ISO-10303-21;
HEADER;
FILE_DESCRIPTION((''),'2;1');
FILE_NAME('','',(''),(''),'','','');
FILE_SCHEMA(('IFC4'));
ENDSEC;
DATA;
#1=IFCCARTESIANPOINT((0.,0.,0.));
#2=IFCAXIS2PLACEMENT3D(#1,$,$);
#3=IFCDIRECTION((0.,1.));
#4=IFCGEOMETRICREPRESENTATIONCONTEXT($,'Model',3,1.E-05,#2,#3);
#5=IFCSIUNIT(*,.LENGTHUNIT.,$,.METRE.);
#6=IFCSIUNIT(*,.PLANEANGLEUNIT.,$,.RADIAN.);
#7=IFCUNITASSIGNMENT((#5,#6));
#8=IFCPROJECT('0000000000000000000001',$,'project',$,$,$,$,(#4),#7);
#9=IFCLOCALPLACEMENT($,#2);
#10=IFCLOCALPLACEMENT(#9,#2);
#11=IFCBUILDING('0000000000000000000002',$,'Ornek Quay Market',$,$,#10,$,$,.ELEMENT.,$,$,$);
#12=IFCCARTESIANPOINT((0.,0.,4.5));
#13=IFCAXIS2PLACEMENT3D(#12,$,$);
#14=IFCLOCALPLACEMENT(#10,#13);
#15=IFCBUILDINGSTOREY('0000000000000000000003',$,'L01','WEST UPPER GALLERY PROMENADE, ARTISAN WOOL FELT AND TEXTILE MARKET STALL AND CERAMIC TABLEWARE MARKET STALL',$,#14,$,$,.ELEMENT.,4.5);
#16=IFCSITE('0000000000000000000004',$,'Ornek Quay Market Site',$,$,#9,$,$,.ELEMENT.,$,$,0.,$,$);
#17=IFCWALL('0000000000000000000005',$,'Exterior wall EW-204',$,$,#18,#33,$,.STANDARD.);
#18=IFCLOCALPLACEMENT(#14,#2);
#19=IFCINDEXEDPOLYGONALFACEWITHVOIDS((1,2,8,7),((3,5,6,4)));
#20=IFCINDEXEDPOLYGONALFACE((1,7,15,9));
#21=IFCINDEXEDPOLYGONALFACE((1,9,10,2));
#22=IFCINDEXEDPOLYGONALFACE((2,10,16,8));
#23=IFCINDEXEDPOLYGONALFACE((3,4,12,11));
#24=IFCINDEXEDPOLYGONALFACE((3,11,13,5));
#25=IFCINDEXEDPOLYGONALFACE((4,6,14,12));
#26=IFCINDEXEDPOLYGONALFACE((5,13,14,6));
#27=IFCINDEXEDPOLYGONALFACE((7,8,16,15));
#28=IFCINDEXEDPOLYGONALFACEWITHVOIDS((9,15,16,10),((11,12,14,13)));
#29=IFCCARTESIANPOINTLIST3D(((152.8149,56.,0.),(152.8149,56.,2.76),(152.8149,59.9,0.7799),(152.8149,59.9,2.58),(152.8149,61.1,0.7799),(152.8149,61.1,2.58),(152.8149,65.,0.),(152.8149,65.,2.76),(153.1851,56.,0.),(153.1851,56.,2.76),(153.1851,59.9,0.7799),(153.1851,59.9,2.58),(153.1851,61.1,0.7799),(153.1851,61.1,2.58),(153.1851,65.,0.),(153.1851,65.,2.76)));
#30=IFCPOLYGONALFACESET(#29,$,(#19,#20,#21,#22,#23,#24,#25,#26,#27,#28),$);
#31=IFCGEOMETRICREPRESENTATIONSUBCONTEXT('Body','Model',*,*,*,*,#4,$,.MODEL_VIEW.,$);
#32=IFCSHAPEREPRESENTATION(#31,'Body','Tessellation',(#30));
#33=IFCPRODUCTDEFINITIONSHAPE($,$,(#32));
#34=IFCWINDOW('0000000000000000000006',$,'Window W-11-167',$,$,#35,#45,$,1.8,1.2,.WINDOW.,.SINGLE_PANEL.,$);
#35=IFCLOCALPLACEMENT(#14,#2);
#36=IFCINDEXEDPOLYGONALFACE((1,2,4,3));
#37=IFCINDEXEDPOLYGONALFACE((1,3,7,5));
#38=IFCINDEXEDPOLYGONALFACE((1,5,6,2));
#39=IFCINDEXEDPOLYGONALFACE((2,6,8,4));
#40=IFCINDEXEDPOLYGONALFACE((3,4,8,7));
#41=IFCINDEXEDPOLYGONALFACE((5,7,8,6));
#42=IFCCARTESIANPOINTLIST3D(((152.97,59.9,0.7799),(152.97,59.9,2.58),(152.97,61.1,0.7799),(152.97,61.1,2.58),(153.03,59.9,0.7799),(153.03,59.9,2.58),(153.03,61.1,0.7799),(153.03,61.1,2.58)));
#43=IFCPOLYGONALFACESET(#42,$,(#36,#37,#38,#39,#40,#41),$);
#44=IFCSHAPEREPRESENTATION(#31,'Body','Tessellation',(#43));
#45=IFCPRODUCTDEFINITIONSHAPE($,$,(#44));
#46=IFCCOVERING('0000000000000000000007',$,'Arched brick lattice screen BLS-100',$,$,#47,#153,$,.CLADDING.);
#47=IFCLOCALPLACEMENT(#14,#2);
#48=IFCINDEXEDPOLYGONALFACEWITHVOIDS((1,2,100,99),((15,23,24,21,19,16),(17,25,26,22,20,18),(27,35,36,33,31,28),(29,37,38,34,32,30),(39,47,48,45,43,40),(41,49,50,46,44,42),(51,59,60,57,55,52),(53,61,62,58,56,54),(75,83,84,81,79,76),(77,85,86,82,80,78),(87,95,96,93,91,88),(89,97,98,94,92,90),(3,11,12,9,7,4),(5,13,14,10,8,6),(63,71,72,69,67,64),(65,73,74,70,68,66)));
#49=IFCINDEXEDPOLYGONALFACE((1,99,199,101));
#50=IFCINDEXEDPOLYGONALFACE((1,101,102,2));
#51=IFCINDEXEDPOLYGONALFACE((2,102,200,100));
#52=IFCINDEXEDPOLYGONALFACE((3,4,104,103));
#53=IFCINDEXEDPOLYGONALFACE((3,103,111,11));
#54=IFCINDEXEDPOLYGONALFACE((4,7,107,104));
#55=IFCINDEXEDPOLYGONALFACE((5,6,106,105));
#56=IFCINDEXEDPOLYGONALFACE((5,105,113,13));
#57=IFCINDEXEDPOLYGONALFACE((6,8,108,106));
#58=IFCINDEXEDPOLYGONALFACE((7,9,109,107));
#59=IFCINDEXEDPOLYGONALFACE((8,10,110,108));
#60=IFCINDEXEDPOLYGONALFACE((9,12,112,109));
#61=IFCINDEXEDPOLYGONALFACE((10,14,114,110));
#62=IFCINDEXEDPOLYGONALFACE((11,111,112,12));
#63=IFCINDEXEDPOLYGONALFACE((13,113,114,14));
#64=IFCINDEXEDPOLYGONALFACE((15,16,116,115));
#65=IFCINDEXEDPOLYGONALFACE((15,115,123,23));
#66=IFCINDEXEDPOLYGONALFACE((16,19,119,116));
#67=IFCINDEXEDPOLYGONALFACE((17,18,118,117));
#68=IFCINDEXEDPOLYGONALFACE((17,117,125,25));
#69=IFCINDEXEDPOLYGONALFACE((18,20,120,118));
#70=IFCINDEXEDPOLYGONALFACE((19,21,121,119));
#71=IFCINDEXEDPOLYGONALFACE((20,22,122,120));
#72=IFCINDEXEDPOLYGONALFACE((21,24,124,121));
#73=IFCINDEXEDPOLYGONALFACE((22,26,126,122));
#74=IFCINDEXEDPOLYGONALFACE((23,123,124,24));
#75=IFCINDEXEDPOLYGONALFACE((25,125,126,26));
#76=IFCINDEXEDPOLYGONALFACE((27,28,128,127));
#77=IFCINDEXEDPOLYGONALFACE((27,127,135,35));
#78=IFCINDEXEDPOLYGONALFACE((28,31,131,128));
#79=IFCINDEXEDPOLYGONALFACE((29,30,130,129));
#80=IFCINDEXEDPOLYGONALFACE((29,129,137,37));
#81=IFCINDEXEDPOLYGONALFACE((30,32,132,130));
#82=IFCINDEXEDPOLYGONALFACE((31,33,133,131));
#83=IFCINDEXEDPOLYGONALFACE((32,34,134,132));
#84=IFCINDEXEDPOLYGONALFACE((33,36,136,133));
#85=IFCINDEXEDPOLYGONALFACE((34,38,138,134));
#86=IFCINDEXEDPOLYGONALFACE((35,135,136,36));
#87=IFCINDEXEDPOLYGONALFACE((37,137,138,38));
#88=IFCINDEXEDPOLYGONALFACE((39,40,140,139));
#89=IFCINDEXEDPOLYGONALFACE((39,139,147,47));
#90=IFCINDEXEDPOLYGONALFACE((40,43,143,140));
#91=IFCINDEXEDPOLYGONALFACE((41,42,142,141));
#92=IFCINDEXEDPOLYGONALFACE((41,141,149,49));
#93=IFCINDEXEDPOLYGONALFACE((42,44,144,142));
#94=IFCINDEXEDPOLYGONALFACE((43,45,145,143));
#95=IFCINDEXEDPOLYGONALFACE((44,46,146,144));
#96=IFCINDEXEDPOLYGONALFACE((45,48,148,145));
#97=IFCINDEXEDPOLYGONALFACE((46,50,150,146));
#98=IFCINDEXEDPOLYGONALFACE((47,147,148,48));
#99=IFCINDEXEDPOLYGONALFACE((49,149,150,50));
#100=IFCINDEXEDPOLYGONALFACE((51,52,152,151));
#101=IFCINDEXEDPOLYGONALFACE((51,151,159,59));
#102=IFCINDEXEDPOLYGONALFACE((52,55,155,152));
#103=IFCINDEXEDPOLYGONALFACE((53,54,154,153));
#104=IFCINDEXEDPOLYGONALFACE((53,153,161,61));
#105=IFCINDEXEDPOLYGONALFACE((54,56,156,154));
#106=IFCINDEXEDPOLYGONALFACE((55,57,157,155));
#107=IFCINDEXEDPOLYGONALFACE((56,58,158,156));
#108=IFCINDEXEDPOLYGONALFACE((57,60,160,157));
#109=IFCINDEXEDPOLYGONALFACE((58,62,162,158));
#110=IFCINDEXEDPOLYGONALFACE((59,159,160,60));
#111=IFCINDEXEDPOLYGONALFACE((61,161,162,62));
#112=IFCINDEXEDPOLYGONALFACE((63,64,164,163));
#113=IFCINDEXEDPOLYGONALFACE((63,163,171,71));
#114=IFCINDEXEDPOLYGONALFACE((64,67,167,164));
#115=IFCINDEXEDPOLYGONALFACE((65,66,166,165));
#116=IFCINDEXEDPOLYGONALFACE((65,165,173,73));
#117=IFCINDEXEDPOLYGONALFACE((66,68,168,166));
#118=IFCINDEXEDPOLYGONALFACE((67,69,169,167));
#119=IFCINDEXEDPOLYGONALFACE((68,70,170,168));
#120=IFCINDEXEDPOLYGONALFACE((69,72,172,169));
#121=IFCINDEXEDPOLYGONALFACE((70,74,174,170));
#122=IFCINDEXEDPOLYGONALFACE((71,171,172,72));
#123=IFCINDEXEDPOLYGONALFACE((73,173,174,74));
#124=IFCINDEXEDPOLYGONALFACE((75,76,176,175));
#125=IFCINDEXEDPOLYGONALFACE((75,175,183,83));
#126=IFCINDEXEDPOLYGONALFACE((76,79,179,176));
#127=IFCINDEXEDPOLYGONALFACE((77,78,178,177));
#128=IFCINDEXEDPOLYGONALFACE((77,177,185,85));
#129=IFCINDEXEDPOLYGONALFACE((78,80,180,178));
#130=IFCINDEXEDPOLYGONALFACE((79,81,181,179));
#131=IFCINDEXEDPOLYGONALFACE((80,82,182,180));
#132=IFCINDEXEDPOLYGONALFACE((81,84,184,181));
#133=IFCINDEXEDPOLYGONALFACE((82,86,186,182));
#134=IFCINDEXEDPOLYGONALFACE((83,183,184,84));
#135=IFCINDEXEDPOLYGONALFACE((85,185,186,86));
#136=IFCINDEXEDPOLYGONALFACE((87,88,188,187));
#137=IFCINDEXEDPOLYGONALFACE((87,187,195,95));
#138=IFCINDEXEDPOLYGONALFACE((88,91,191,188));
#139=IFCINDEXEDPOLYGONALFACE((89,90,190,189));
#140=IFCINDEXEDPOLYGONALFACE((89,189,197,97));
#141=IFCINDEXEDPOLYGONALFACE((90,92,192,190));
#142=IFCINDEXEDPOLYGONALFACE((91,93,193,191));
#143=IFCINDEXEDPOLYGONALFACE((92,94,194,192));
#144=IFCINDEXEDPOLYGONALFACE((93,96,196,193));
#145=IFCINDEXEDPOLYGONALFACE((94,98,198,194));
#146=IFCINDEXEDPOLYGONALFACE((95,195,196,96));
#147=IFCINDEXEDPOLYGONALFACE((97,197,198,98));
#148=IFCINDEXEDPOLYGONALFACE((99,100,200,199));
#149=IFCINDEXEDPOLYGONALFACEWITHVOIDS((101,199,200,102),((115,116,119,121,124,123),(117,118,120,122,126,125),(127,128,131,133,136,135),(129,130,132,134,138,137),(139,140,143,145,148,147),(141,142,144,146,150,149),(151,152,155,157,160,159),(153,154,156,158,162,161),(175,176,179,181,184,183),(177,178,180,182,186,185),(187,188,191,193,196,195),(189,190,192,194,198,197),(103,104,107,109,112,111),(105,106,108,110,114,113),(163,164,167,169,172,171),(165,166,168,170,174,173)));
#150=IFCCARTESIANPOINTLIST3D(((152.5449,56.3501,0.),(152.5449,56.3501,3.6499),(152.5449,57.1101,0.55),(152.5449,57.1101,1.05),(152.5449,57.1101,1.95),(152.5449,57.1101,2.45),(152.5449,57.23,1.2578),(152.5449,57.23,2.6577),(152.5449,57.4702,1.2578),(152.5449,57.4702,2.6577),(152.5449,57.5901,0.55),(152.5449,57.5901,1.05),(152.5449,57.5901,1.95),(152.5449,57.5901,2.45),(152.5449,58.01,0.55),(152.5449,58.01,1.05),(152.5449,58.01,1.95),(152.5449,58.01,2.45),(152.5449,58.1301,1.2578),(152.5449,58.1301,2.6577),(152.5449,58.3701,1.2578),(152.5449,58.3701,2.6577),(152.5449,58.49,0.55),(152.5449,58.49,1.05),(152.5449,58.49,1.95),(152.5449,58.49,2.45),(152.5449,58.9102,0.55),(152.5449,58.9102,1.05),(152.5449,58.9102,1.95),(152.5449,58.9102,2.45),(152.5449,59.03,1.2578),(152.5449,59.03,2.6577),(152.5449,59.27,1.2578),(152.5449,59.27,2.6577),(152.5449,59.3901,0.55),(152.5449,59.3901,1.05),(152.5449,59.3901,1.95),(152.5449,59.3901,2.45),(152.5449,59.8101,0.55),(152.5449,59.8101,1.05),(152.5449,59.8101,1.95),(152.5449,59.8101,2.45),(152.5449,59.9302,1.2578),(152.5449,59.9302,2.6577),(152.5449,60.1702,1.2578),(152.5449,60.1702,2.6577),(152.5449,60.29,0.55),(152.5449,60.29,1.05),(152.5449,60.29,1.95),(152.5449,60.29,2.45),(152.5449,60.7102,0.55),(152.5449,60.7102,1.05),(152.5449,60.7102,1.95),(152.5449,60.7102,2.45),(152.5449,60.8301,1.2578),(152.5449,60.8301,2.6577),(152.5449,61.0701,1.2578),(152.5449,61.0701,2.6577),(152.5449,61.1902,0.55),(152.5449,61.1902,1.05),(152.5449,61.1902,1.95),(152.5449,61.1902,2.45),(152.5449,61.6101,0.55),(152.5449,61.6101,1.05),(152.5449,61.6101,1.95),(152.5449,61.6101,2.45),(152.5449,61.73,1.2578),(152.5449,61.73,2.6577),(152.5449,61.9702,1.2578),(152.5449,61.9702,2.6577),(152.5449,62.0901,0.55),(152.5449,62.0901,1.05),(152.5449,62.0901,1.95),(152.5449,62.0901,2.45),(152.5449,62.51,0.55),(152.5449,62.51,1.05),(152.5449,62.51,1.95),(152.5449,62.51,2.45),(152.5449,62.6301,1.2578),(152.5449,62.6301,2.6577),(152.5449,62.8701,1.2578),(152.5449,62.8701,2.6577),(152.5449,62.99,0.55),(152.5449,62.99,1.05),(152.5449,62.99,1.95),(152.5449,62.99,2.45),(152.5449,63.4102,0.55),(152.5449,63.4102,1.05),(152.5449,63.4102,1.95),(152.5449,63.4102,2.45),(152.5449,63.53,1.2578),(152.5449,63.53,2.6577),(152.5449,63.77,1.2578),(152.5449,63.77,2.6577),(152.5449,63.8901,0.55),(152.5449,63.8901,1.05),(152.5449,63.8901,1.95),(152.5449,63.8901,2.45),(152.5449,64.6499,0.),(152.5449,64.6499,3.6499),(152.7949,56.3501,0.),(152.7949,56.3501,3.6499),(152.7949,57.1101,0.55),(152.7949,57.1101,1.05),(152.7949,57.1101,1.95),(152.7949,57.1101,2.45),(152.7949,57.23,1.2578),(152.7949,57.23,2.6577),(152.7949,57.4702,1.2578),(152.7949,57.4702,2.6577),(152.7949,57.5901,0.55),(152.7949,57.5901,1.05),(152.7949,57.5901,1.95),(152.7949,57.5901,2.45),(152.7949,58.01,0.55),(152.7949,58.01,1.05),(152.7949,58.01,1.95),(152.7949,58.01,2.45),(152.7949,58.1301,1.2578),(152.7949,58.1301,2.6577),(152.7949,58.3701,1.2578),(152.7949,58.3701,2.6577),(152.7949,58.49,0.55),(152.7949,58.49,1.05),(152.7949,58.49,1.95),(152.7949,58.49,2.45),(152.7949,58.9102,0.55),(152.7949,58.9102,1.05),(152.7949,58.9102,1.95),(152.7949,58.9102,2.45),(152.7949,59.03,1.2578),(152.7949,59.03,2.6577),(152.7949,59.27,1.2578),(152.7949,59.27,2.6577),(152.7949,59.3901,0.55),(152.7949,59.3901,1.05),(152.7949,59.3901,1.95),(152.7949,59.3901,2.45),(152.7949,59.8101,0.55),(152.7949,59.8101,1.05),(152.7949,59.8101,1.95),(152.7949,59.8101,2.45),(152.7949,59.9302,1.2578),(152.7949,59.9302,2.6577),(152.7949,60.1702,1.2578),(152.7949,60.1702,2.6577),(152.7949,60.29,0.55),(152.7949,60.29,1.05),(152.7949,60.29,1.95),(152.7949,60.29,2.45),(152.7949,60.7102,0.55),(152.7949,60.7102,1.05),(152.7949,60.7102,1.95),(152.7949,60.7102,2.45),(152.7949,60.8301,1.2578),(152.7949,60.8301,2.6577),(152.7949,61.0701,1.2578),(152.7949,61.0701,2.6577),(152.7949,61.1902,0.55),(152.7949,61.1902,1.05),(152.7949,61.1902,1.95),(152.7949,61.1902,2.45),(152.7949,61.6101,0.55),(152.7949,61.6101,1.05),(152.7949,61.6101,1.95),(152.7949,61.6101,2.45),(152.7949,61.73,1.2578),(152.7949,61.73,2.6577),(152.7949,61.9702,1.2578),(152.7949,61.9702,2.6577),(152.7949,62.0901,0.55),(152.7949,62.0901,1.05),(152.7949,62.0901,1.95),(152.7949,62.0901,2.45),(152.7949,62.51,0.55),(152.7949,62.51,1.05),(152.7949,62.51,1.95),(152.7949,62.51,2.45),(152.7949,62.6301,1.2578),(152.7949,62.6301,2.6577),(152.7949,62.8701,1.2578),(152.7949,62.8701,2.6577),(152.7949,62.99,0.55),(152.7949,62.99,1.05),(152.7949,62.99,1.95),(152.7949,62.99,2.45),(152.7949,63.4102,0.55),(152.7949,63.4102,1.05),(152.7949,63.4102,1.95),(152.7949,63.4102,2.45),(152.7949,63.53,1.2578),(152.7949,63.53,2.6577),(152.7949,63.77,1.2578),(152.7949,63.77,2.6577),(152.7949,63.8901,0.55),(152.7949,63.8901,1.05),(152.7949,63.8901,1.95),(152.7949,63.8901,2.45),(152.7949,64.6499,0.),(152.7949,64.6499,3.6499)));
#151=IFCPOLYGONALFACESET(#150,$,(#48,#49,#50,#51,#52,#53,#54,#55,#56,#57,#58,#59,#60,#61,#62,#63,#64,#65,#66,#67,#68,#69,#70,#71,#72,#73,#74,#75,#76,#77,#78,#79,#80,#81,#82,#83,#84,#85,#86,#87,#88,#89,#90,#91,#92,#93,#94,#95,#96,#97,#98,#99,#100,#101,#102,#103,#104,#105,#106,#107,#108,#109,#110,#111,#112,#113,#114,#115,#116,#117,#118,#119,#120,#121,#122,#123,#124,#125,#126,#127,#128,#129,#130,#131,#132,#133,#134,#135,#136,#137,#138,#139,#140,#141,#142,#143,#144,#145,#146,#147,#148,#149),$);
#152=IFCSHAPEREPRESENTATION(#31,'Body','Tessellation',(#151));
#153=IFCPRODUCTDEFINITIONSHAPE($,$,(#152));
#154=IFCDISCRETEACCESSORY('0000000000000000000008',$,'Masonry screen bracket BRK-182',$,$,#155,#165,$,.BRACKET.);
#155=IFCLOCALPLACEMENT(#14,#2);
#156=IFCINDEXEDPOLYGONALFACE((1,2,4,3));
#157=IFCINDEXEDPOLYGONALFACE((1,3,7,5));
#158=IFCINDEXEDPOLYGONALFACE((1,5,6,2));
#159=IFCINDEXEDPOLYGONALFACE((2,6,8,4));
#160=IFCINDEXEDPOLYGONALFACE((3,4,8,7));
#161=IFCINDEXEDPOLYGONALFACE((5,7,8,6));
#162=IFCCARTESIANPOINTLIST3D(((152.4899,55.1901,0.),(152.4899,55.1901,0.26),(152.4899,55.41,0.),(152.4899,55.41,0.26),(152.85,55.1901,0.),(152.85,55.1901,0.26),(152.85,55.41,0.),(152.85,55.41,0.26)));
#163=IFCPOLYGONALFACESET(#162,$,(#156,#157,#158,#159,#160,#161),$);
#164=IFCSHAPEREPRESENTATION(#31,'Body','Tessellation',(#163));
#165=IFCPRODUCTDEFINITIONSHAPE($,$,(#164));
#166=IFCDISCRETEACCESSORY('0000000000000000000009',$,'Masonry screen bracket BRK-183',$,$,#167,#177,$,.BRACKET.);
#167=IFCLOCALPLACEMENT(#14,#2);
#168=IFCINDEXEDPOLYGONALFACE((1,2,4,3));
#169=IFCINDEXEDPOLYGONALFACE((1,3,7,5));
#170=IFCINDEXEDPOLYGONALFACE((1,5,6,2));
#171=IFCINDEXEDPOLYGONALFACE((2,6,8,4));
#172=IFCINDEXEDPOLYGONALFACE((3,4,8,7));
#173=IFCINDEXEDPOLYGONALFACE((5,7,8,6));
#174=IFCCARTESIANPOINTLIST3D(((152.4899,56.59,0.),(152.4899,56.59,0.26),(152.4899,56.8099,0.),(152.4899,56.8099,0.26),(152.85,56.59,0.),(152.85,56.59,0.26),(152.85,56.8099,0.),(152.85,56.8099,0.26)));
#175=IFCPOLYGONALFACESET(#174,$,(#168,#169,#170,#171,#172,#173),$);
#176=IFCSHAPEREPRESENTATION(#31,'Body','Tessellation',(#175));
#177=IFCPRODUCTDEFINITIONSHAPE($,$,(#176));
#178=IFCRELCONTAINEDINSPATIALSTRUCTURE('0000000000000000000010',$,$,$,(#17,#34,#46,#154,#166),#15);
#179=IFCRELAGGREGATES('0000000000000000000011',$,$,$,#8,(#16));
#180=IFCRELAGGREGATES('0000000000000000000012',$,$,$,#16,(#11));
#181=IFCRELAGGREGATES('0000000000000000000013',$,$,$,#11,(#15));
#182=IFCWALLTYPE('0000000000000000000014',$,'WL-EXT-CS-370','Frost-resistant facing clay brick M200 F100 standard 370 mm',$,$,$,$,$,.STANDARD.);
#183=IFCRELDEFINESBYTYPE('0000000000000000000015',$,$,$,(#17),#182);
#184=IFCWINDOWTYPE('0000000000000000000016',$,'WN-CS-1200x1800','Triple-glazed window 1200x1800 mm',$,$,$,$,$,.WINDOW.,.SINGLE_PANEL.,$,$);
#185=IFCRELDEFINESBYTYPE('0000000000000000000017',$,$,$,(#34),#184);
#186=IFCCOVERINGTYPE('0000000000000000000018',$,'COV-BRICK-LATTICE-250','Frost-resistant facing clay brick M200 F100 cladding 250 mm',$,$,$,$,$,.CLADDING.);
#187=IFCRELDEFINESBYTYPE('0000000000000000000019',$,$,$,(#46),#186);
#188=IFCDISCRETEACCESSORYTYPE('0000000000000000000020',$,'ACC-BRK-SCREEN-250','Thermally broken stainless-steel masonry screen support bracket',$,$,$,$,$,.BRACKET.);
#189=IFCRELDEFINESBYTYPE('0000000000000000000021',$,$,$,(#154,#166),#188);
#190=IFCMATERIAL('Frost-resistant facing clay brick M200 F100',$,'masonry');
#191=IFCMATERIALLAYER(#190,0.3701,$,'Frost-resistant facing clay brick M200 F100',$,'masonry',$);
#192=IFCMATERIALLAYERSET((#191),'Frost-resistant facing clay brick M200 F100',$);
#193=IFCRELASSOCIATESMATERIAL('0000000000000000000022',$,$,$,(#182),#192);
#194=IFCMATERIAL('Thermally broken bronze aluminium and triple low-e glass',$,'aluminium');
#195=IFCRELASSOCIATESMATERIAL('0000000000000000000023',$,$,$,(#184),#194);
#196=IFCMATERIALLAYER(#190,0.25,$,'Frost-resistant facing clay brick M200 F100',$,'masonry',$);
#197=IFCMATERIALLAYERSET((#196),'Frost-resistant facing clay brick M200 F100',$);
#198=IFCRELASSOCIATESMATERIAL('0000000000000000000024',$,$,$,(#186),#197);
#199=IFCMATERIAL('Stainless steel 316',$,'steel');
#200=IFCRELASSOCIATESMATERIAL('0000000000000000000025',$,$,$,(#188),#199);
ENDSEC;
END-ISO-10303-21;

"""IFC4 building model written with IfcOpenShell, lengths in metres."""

from ifc_helpers import new_model, si_unit, direction, frame, frame_2d, origin, origin_2d, place, context, subcontext, project, spatial, polyline, rectangle, outline, extrude, material, layer, layer_set, type_object, element, fill, save


model = new_model("IFC4")

# Units and contexts
model_context = context("Model", 3, precision=1e-05, world=origin(), true_north=direction((0.0, 1.0)))
body_context = subcontext(model_context, "Body", "Model", "MODEL_VIEW")
ifc_project = project(units=[si_unit("LENGTHUNIT", "METRE"), si_unit("PLANEANGLEUNIT", "RADIAN")], contexts=[model_context])

# Site, building, storey
site_placement = place(None, origin())
site = spatial("IfcSite", under=ifc_project, at=site_placement, Name="Ornek Quay Market Site", CompositionType="ELEMENT", RefElevation=0.0)
building_placement = place(site_placement, origin())
building = spatial("IfcBuilding", under=site, at=building_placement, Name="Ornek Quay Market", CompositionType="ELEMENT")
storey_placement = place(building_placement, frame((0.0, 0.0, 4.5)))
storey = spatial("IfcBuildingStorey", under=building, at=storey_placement, Name="L01", Description="WEST UPPER GALLERY PROMENADE, ARTISAN WOOL FELT AND TEXTILE MARKET STALL AND CERAMIC TABLEWARE MARKET STALL", CompositionType="ELEMENT", Elevation=4.5)

# Wall, opening, window
ifc_material_1 = material(Name="Frost-resistant facing clay brick M200 F100", Category="masonry")
ifc_layer_1 = layer(ifc_material_1, 0.3701, Name="Frost-resistant facing clay brick M200 F100", Category="masonry")
ifc_layer_set_1 = layer_set([ifc_layer_1], Name="Frost-resistant facing clay brick M200 F100")
wall_type = type_object("IfcWallType", Name="WL-EXT-CS-370", Description="Frost-resistant facing clay brick M200 F100 standard 370 mm", PredefinedType="STANDARD", material=ifc_layer_set_1)
wall_placement = place(storey_placement, frame((153.0, 56.0, 0.0), z_axis=(0.0, 0.0, 1.0), x_axis=(0.0, 1.0, 0.0)))
wall = element("IfcWall", 1, at=wall_placement, inside=storey, type_object=wall_type, Name="Exterior wall EW-204", PredefinedType="STANDARD", context=body_context, shape_type="SweptSolid", body=[
    extrude(rectangle(XDim=9.0, YDim=0.3701, at=frame_2d((4.5, 0.0))), origin(), (0.0, 0.0, 1.0), 2.76),
])
opening_placement = place(wall_placement, frame((3.8999, 0.0, 0.78)))
opening = element("IfcOpeningElement", 2, at=opening_placement, cuts=wall, PredefinedType="OPENING", context=body_context, shape_type="SweptSolid", body=[
    extrude(rectangle(XDim=1.2, YDim=1.8, at=frame_2d((0.6001, 0.8999))), frame((0.0, 0.1951, 0.0), z_axis=(0.0, -1.0, 0.0), x_axis=(1.0, 0.0, 0.0)), (0.0, 0.0, 1.0), 0.3901),
])
ifc_material_2 = material(Name="Thermally broken bronze aluminium and triple low-e glass", Category="aluminium")
window_type = type_object("IfcWindowType", Name="WN-CS-1200x1800", Description="Triple-glazed window 1200x1800 mm", PartitioningType="SINGLE_PANEL", PredefinedType="WINDOW", material=ifc_material_2)
window_placement = place(opening_placement, origin())
window = element("IfcWindow", 3, at=window_placement, inside=storey, type_object=window_type, Name="Window W-11-167", OverallHeight=1.8, OverallWidth=1.2, PartitioningType="SINGLE_PANEL", PredefinedType="WINDOW", context=body_context, shape_type="SweptSolid", body=[
    extrude(rectangle(XDim=1.2, YDim=1.8, at=frame_2d((0.6001, 0.8999))), frame((0.0, 0.03, 0.0), z_axis=(0.0, -1.0, 0.0), x_axis=(1.0, 0.0, 0.0)), (0.0, 0.0, 1.0), 0.0601),
])
fill(opening, window)

# Covering
ifc_layer_2 = layer(ifc_material_1, 0.25, Name="Frost-resistant facing clay brick M200 F100", Category="masonry")
ifc_layer_set_2 = layer_set([ifc_layer_2], Name="Frost-resistant facing clay brick M200 F100")
covering_type = type_object("IfcCoveringType", Name="COV-BRICK-LATTICE-250", Description="Frost-resistant facing clay brick M200 F100 cladding 250 mm", PredefinedType="CLADDING", material=ifc_layer_set_2)
covering_placement = place(storey_placement, frame((152.6699, 56.3501, 0.0), z_axis=(0.0, 0.0, 1.0), x_axis=(0.0, 1.0, 0.0)))
element("IfcCovering", 4, at=covering_placement, inside=storey, type_object=covering_type, Name="Arched brick lattice screen BLS-100", PredefinedType="CLADDING", context=body_context, shape_type="SweptSolid", body=[
    extrude(outline(polyline([(0.0, 0.0), (8.2998, 0.0), (8.2998, 3.6499), (0.0, 3.6499), (0.0, 0.0)]), holes=[polyline([(0.76, 0.55), (1.24, 0.55), (1.24, 1.05), (1.1201, 1.2578), (0.8799, 1.2578), (0.76, 1.05), (0.76, 0.55)]), polyline([(0.76, 1.95), (1.24, 1.95), (1.24, 2.45), (1.1201, 2.6577), (0.8799, 2.6577), (0.76, 2.45), (0.76, 1.95)]), polyline([(1.6599, 0.55), (2.1399, 0.55), (2.1399, 1.05), (2.02, 1.2578), (1.78, 1.2578), (1.6599, 1.05), (1.6599, 0.55)]), polyline([(1.6599, 1.95), (2.1399, 1.95), (2.1399, 2.45), (2.02, 2.6577), (1.78, 2.6577), (1.6599, 2.45), (1.6599, 1.95)]), polyline([(2.5601, 0.55), (3.04, 0.55), (3.04, 1.05), (2.9199, 1.2578), (2.6799, 1.2578), (2.5601, 1.05), (2.5601, 0.55)]), polyline([(2.5601, 1.95), (3.04, 1.95), (3.04, 2.45), (2.9199, 2.6577), (2.6799, 2.6577), (2.5601, 2.45), (2.5601, 1.95)]), polyline([(3.46, 0.55), (3.9399, 0.55), (3.9399, 1.05), (3.8201, 1.2578), (3.5801, 1.2578), (3.46, 1.05), (3.46, 0.55)]), polyline([(3.46, 1.95), (3.9399, 1.95), (3.9399, 2.45), (3.8201, 2.6577), (3.5801, 2.6577), (3.46, 2.45), (3.46, 1.95)]), polyline([(4.3601, 0.55), (4.8401, 0.55), (4.8401, 1.05), (4.72, 1.2578), (4.48, 1.2578), (4.3601, 1.05), (4.3601, 0.55)]), polyline([(4.3601, 1.95), (4.8401, 1.95), (4.8401, 2.45), (4.72, 2.6577), (4.48, 2.6577), (4.3601, 2.45), (4.3601, 1.95)]), polyline([(5.26, 0.55), (5.74, 0.55), (5.74, 1.05), (5.6201, 1.2578), (5.3799, 1.2578), (5.26, 1.05), (5.26, 0.55)]), polyline([(5.26, 1.95), (5.74, 1.95), (5.74, 2.45), (5.6201, 2.6577), (5.3799, 2.6577), (5.26, 2.45), (5.26, 1.95)]), polyline([(6.1599, 0.55), (6.6399, 0.55), (6.6399, 1.05), (6.52, 1.2578), (6.28, 1.2578), (6.1599, 1.05), (6.1599, 0.55)]), polyline([(6.1599, 1.95), (6.6399, 1.95), (6.6399, 2.45), (6.52, 2.6577), (6.28, 2.6577), (6.1599, 2.45), (6.1599, 1.95)]), polyline([(7.0601, 0.55), (7.54, 0.55), (7.54, 1.05), (7.4199, 1.2578), (7.1799, 1.2578), (7.0601, 1.05), (7.0601, 0.55)]), polyline([(7.0601, 1.95), (7.54, 1.95), (7.54, 2.45), (7.4199, 2.6577), (7.1799, 2.6577), (7.0601, 2.45), (7.0601, 1.95)])]), frame((0.0, 0.125, 0.0), z_axis=(0.0, -1.0, 0.0), x_axis=(1.0, 0.0, 0.0)), (0.0, 0.0, 1.0), 0.25),
])

# Discrete accessories
ifc_material_3 = material(Name="Stainless steel 316", Category="steel")
discrete_accessory_type = type_object("IfcDiscreteAccessoryType", Name="ACC-BRK-SCREEN-250", Description="Thermally broken stainless-steel masonry screen support bracket", PredefinedType="BRACKET", material=ifc_material_3)
for number, where, z_axis, x_axis, name in (
    (5, (152.6699, 55.3, 0.0), (0.0, 0.0, 1.0), (0.0, 1.0, 0.0), "Masonry screen bracket BRK-182"),
    (6, (152.6699, 56.7, 0.0), (0.0, 0.0, 1.0), (0.0, 1.0, 0.0), "Masonry screen bracket BRK-183"),
):
    element("IfcDiscreteAccessory", number, at=place(storey_placement, frame(where, z_axis=z_axis, x_axis=x_axis)), inside=storey, type_object=discrete_accessory_type, Name=name, PredefinedType="BRACKET", context=body_context, shape_type="SweptSolid", body=[
        extrude(rectangle(XDim=0.22, YDim=0.3601, at=origin_2d()), origin(), (0.0, 0.0, 1.0), 0.26),
    ])

save(model, "model.ifc")
